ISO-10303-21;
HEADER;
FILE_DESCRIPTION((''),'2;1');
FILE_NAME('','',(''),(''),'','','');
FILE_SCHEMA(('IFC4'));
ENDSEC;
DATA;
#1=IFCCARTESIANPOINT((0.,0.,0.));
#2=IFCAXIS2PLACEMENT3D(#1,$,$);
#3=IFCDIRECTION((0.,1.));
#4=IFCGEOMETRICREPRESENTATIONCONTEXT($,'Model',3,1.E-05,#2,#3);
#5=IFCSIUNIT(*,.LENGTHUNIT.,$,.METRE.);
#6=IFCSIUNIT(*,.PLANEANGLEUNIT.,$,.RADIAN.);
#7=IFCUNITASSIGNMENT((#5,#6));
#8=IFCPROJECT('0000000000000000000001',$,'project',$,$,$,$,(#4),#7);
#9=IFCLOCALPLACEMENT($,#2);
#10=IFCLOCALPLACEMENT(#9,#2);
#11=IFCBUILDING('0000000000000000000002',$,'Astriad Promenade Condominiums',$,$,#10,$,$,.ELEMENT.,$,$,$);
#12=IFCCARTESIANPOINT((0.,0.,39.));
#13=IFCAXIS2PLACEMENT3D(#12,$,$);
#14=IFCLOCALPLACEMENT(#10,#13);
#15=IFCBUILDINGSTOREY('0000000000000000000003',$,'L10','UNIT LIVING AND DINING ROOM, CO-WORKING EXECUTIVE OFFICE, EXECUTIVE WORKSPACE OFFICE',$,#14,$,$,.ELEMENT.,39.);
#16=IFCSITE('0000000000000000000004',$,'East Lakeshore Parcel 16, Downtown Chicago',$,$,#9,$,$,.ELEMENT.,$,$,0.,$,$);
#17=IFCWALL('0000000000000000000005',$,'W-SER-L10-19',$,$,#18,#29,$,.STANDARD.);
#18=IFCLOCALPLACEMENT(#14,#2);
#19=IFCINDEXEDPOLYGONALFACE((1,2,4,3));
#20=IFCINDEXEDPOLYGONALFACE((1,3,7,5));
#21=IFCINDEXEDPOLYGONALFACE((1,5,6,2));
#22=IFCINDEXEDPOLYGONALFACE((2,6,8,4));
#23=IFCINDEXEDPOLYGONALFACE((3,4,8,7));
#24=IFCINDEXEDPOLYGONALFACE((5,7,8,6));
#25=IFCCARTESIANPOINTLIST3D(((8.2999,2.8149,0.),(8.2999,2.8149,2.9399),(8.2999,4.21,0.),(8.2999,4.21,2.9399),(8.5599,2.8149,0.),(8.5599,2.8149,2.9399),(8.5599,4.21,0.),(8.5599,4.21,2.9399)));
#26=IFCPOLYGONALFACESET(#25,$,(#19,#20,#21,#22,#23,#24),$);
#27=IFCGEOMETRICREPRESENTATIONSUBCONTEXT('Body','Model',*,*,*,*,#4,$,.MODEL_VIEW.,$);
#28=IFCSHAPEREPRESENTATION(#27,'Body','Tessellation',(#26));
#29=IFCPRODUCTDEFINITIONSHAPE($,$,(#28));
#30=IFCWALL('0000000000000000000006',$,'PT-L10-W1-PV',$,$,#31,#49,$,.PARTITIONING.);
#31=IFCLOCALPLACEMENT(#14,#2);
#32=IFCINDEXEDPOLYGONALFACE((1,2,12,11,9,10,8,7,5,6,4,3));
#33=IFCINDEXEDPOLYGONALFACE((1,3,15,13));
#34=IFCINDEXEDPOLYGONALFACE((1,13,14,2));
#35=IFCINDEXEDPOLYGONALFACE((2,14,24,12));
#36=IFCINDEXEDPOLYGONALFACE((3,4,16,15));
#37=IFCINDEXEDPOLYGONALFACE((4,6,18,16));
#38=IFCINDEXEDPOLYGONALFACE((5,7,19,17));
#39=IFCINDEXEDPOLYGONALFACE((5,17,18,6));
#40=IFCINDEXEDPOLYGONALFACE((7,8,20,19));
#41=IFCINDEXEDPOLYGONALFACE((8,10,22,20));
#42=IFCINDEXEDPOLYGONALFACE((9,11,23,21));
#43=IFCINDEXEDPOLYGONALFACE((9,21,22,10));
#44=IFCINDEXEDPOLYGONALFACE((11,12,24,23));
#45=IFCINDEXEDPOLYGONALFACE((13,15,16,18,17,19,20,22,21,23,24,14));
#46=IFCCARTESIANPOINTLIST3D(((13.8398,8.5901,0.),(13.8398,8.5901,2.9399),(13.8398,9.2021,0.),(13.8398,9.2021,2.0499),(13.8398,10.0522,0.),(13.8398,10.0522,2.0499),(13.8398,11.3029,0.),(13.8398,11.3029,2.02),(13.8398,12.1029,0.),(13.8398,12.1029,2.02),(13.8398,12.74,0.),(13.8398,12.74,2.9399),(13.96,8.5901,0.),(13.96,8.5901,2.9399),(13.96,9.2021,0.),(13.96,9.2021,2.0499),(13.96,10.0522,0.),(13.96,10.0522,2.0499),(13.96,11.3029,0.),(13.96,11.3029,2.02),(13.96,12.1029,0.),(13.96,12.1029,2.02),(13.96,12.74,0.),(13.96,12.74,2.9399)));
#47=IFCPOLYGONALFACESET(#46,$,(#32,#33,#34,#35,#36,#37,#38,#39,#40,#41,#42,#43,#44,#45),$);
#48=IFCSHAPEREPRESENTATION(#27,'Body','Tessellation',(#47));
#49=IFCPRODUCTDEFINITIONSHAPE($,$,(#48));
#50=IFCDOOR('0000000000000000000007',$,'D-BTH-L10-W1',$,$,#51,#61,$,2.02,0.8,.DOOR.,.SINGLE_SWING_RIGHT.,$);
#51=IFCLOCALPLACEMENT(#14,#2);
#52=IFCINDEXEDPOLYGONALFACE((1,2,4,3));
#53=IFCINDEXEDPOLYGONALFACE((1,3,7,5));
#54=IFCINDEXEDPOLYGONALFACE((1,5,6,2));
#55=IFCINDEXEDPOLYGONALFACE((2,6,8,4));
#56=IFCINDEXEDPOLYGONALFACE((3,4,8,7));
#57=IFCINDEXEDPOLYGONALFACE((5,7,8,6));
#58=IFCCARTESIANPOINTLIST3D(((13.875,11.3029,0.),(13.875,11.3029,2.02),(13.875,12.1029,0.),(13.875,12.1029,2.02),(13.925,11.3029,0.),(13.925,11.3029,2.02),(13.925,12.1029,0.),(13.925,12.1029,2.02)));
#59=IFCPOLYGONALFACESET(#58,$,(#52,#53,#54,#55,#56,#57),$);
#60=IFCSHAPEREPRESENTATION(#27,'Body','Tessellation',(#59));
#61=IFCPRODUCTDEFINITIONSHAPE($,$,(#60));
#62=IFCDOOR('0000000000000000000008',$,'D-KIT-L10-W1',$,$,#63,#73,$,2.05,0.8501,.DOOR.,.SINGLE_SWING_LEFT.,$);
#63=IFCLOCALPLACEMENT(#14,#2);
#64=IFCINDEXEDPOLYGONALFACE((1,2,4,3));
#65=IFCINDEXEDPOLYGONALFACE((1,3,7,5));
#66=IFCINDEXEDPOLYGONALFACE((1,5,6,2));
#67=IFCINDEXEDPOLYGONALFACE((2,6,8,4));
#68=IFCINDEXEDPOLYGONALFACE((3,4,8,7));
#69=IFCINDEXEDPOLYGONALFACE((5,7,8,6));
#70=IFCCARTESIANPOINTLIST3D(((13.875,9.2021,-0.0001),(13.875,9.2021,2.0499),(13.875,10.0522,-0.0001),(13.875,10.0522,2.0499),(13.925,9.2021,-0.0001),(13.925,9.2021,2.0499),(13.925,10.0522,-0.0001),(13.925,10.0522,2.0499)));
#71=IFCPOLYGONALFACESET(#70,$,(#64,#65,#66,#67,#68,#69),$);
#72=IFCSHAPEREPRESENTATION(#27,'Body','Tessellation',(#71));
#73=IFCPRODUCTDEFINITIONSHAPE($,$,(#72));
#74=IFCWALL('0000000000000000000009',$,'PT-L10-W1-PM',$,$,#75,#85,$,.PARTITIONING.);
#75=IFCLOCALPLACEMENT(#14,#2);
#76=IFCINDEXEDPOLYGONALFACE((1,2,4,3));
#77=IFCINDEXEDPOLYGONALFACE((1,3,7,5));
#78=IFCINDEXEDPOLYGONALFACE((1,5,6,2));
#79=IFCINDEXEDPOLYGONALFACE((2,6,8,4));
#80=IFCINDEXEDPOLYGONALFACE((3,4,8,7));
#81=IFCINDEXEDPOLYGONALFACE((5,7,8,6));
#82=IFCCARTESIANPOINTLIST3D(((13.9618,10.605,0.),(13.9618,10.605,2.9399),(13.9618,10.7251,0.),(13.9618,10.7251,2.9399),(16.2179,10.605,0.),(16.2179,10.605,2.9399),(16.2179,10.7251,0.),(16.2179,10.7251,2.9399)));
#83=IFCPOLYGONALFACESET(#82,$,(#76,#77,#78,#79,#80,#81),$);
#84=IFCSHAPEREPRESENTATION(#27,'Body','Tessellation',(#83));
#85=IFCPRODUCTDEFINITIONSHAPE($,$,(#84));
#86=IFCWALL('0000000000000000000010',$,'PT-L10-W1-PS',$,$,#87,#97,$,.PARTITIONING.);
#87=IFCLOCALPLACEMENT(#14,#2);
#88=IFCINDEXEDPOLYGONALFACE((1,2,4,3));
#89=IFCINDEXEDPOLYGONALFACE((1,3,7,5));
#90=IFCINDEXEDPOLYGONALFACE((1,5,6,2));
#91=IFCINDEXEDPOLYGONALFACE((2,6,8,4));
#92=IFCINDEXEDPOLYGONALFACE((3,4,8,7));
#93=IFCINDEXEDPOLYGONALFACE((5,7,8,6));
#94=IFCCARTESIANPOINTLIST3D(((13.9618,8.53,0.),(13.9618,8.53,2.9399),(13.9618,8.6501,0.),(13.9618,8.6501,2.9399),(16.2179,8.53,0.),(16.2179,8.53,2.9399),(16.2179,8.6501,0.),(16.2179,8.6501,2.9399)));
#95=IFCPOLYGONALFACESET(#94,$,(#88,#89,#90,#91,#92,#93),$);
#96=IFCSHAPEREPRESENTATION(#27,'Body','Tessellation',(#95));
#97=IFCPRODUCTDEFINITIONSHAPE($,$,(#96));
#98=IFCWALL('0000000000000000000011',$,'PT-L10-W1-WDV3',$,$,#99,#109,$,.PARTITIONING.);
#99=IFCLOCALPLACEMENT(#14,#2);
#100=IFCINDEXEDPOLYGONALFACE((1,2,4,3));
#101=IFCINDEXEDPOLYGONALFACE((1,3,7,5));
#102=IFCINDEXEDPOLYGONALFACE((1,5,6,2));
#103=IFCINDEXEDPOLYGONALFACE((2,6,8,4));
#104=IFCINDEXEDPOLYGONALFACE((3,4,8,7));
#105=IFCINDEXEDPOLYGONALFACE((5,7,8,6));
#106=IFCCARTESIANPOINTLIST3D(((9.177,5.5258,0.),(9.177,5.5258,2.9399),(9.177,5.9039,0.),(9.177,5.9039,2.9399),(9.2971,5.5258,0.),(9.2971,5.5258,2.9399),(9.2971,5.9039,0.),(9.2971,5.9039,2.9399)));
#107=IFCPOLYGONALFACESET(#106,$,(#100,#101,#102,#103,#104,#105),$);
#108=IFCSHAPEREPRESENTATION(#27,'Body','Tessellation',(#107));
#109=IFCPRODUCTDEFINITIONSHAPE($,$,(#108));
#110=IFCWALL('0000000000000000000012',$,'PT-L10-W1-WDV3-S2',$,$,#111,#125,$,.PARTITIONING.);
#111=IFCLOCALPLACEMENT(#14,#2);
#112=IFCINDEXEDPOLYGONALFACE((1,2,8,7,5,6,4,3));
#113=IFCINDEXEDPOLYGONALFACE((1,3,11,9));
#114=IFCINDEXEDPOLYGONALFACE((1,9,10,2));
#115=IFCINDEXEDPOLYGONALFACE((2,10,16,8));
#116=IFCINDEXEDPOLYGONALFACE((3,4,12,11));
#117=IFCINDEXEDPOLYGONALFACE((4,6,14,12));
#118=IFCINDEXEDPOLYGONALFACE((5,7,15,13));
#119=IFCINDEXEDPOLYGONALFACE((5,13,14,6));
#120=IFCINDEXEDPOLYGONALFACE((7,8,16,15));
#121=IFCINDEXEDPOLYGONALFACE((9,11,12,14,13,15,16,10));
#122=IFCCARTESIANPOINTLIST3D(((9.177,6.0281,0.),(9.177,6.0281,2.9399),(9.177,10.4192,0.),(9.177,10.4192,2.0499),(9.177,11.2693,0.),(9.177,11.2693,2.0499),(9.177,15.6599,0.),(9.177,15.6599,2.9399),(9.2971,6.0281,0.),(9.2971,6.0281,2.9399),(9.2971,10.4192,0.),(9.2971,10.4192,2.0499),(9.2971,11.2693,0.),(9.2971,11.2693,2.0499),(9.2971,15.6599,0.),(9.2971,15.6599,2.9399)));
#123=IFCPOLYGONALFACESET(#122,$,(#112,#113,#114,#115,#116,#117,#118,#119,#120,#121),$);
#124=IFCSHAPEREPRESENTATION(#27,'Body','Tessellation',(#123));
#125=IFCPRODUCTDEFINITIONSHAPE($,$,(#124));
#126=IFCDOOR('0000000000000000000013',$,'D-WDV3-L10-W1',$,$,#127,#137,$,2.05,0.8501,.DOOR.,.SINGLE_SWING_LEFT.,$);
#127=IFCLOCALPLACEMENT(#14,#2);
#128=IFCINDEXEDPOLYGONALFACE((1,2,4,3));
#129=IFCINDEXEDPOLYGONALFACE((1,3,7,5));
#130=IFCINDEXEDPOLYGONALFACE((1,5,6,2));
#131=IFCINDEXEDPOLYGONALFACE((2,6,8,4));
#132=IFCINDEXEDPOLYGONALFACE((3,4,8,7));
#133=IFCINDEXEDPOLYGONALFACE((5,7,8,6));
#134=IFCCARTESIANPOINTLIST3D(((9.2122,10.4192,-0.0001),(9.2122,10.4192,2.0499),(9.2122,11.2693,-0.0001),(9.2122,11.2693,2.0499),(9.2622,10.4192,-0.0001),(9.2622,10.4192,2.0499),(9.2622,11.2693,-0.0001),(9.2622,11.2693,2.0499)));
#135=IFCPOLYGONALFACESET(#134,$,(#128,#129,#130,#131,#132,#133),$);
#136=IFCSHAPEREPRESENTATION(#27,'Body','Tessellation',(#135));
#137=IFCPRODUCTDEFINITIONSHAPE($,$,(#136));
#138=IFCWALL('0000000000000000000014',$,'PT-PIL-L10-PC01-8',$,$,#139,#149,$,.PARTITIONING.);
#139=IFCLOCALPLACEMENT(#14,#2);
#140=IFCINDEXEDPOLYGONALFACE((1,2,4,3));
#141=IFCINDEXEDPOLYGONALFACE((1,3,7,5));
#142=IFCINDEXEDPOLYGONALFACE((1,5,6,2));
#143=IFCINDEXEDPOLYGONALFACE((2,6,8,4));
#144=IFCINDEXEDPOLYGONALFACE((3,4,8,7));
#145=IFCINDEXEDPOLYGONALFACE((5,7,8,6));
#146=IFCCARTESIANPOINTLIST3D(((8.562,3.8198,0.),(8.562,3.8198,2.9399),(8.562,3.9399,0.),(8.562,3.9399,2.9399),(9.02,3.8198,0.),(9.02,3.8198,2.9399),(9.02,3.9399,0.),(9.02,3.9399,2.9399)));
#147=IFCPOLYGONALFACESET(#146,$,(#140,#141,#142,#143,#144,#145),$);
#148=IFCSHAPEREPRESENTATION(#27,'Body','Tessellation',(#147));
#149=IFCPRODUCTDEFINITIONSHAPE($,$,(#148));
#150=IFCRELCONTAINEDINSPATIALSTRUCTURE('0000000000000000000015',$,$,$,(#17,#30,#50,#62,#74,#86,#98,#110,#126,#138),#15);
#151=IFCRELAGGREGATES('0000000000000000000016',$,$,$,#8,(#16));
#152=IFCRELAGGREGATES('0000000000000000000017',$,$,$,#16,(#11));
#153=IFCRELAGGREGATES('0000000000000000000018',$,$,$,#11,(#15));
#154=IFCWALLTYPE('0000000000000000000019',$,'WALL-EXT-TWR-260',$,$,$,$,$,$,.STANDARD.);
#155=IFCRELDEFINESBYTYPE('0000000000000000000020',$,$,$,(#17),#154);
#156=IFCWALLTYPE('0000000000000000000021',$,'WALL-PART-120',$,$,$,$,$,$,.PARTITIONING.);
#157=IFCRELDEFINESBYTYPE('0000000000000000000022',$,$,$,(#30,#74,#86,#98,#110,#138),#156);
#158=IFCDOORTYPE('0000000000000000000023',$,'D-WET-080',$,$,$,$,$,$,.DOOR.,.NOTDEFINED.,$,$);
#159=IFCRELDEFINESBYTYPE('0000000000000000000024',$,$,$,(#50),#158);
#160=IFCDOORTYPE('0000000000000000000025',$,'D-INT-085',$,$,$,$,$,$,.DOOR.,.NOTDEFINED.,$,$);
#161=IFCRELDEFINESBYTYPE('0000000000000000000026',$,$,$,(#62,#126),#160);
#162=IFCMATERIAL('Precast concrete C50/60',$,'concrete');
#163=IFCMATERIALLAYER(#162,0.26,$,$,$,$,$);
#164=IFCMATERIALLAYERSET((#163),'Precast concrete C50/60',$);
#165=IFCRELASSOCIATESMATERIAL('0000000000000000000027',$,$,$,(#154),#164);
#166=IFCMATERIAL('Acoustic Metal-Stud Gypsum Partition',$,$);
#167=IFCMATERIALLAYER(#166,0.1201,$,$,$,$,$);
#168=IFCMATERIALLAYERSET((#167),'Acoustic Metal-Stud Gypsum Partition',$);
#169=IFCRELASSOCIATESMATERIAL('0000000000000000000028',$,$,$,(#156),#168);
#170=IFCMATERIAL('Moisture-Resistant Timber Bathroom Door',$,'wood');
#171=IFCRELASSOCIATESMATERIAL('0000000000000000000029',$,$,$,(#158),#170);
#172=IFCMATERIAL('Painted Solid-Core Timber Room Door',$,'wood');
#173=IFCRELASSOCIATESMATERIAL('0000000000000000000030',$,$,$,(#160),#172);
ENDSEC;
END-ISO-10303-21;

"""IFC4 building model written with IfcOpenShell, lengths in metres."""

from ifc_helpers import new_model, si_unit, direction, frame, frame_2d, origin, place, context, subcontext, project, spatial, rectangle, extrude, source, transform, mapped, material, layer, layer_set, type_object, type_shapes, element, fill, save


model = new_model("IFC4")

# Units and contexts
model_context = context("Model", 3, precision=1e-05, world=origin(), true_north=direction((0.0, 1.0)))
body_context = subcontext(model_context, "Body", "Model", "MODEL_VIEW")
ifc_project = project(units=[si_unit("LENGTHUNIT", "METRE"), si_unit("PLANEANGLEUNIT", "RADIAN")], contexts=[model_context])

# Site, building, storey
site_placement = place(None, origin())
site = spatial("IfcSite", under=ifc_project, at=site_placement, Name="East Lakeshore Parcel 16, Downtown Chicago", CompositionType="ELEMENT", RefElevation=0.0)
building_placement = place(site_placement, origin())
building = spatial("IfcBuilding", under=site, at=building_placement, Name="Astriad Promenade Condominiums", CompositionType="ELEMENT")
storey_placement = place(building_placement, frame((0.0, 0.0, 39.0)))
storey = spatial("IfcBuildingStorey", under=building, at=storey_placement, Name="L10", Description="UNIT LIVING AND DINING ROOM, CO-WORKING EXECUTIVE OFFICE, EXECUTIVE WORKSPACE OFFICE", CompositionType="ELEMENT", Elevation=39.0)

# Wall
ifc_material_1 = material(Name="Precast concrete C50/60", Category="concrete")
ifc_layer_1 = layer(ifc_material_1, 0.26)
ifc_layer_set_1 = layer_set([ifc_layer_1], Name="Precast concrete C50/60")
wall_type_1 = type_object("IfcWallType", Name="WALL-EXT-TWR-260", PredefinedType="STANDARD", material=ifc_layer_set_1)
wall_1_placement = place(storey_placement, frame((8.4299, 2.8149, 0.0), z_axis=(0.0, 0.0, 1.0), x_axis=(0.0, 1.0, 0.0)))
element("IfcWall", 1, at=wall_1_placement, inside=storey, type_object=wall_type_1, Name="W-SER-L10-19", PredefinedType="STANDARD", context=body_context, shape_type="SweptSolid", body=[
    extrude(rectangle(XDim=1.395, YDim=0.26, at=frame_2d((0.6975, 0.0))), origin(), (0.0, 0.0, 1.0), 2.9399),
])

# Wall, openings, doors
ifc_material_2 = material(Name="Acoustic Metal-Stud Gypsum Partition")
ifc_layer_2 = layer(ifc_material_2, 0.1201)
ifc_layer_set_2 = layer_set([ifc_layer_2], Name="Acoustic Metal-Stud Gypsum Partition")
wall_type_2 = type_object("IfcWallType", Name="WALL-PART-120", PredefinedType="PARTITIONING", material=ifc_layer_set_2)
wall_2_placement = place(storey_placement, frame((13.8999, 8.5901, 0.0), z_axis=(0.0, 0.0, 1.0), x_axis=(0.0, 1.0, 0.0)))
wall_2 = element("IfcWall", 2, at=wall_2_placement, inside=storey, type_object=wall_type_2, Name="PT-L10-W1-PV", PredefinedType="PARTITIONING", context=body_context, shape_type="SweptSolid", body=[
    extrude(rectangle(XDim=4.1499, YDim=0.1201, at=frame_2d((2.075, 0.0))), origin(), (0.0, 0.0, 1.0), 2.9399),
])
opening_1_placement = place(wall_2_placement, frame((0.6121, 0.0, 0.0)))
opening_1 = element("IfcOpeningElement", 3, at=opening_1_placement, cuts=wall_2, PredefinedType="OPENING", context=body_context, shape_type="SweptSolid", body=[
    extrude(rectangle(XDim=0.8501, YDim=2.05, at=frame_2d((0.425, 1.0249))), frame((0.0, 0.0701, 0.0), z_axis=(0.0, -1.0, 0.0), x_axis=(1.0, 0.0, 0.0)), (0.0, 0.0, 1.0), 0.1401),
])
opening_2_placement = place(wall_2_placement, frame((2.7129, 0.0, 0.0)))
opening_2 = element("IfcOpeningElement", 4, at=opening_2_placement, cuts=wall_2, PredefinedType="OPENING", context=body_context, shape_type="SweptSolid", body=[
    extrude(rectangle(XDim=0.8, YDim=2.02, at=frame_2d((0.3999, 1.01))), frame((0.0, 0.0701, 0.0), z_axis=(0.0, -1.0, 0.0), x_axis=(1.0, 0.0, 0.0)), (0.0, 0.0, 1.0), 0.1401),
])
ifc_material_3 = material(Name="Moisture-Resistant Timber Bathroom Door", Category="wood")
door_type_1 = type_object("IfcDoorType", Name="D-WET-080", OperationType="NOTDEFINED", PredefinedType="DOOR", material=ifc_material_3)
shared_shape_1 = source(origin(), body_context, "Body", "SweptSolid", [
    extrude(rectangle(XDim=0.8, YDim=2.02, at=frame_2d((0.3999, 1.01))), frame((0.0, 0.0249, 0.0), z_axis=(0.0, -1.0, 0.0), x_axis=(1.0, 0.0, 0.0)), (0.0, 0.0, 1.0), 0.05),
])
type_shapes(door_type_1, [shared_shape_1])
door_1_placement = place(opening_2_placement, origin())
door_1 = element("IfcDoor", 5, at=door_1_placement, inside=storey, type_object=door_type_1, Name="D-BTH-L10-W1", OperationType="SINGLE_SWING_RIGHT", OverallHeight=2.02, OverallWidth=0.8, PredefinedType="DOOR", context=body_context, shape_type="MappedRepresentation", body=[
    mapped(shared_shape_1, transform((0.0, 0.0, 0.0), scale=1.0)),
])
fill(opening_2, door_1)
ifc_material_4 = material(Name="Painted Solid-Core Timber Room Door", Category="wood")
door_type_2 = type_object("IfcDoorType", Name="D-INT-085", OperationType="NOTDEFINED", PredefinedType="DOOR", material=ifc_material_4)
shared_shape_2 = source(origin(), body_context, "Body", "SweptSolid", [
    extrude(rectangle(XDim=0.8501, YDim=2.05, at=frame_2d((0.425, 1.0249))), frame((0.0, 0.0249, 0.0), z_axis=(0.0, -1.0, 0.0), x_axis=(1.0, 0.0, 0.0)), (0.0, 0.0, 1.0), 0.05),
])
type_shapes(door_type_2, [shared_shape_2])
door_2_placement = place(opening_1_placement, origin())
door_2 = element("IfcDoor", 6, at=door_2_placement, inside=storey, type_object=door_type_2, Name="D-KIT-L10-W1", OperationType="SINGLE_SWING_LEFT", OverallHeight=2.05, OverallWidth=0.8501, PredefinedType="DOOR", context=body_context, shape_type="MappedRepresentation", body=[
    mapped(shared_shape_2, transform((0.0, 0.0, 0.0), scale=1.0)),
])
fill(opening_1, door_2)

# Walls
for number, where, z_axis, x_axis, name in (
    (7, (13.9619, 10.665, 0.0), (0.0, 0.0, 1.0), (1.0, 0.0, 0.0), "PT-L10-W1-PM"),
    (8, (13.9619, 8.5901, 0.0), (0.0, 0.0, 1.0), (1.0, 0.0, 0.0), "PT-L10-W1-PS"),
):
    element("IfcWall", number, at=place(storey_placement, frame(where, z_axis=z_axis, x_axis=x_axis)), inside=storey, type_object=wall_type_2, Name=name, PredefinedType="PARTITIONING", context=body_context, shape_type="SweptSolid", body=[
        extrude(rectangle(XDim=2.2561, YDim=0.1201, at=frame_2d((1.1279, 0.0))), origin(), (0.0, 0.0, 1.0), 2.9399),
    ])
wall_3_placement = place(storey_placement, frame((9.2371, 5.5259, 0.0), z_axis=(0.0, 0.0, 1.0), x_axis=(0.0, 1.0, 0.0)))
element("IfcWall", 9, at=wall_3_placement, inside=storey, type_object=wall_type_2, Name="PT-L10-W1-WDV3", PredefinedType="PARTITIONING", context=body_context, shape_type="SweptSolid", body=[
    extrude(rectangle(XDim=0.3782, YDim=0.1201, at=frame_2d((0.189, 0.0))), origin(), (0.0, 0.0, 1.0), 2.9399),
])

# Wall, opening, door
wall_4_placement = place(storey_placement, frame((9.2371, 6.0281, 0.0), z_axis=(0.0, 0.0, 1.0), x_axis=(0.0, 1.0, 0.0)))
wall_4 = element("IfcWall", 10, at=wall_4_placement, inside=storey, type_object=wall_type_2, Name="PT-L10-W1-WDV3-S2", PredefinedType="PARTITIONING", context=body_context, shape_type="SweptSolid", body=[
    extrude(rectangle(XDim=9.6318, YDim=0.1201, at=frame_2d((4.8159, 0.0))), origin(), (0.0, 0.0, 1.0), 2.9399),
])
opening_3_placement = place(wall_4_placement, frame((4.3911, 0.0, 0.0)))
opening_3 = element("IfcOpeningElement", 11, at=opening_3_placement, cuts=wall_4, PredefinedType="OPENING", context=body_context, shape_type="SweptSolid", body=[
    extrude(rectangle(XDim=0.8501, YDim=2.05, at=frame_2d((0.425, 1.0249))), frame((0.0, 0.0701, 0.0), z_axis=(0.0, -1.0, 0.0), x_axis=(1.0, 0.0, 0.0)), (0.0, 0.0, 1.0), 0.1401),
])
door_3_placement = place(opening_3_placement, origin())
door_3 = element("IfcDoor", 12, at=door_3_placement, inside=storey, type_object=door_type_2, Name="D-WDV3-L10-W1", OperationType="SINGLE_SWING_LEFT", OverallHeight=2.05, OverallWidth=0.8501, PredefinedType="DOOR", context=body_context, shape_type="MappedRepresentation", body=[
    mapped(shared_shape_2, transform((0.0, 0.0, 0.0), scale=1.0)),
])
fill(opening_3, door_3)

# Wall
wall_5_placement = place(storey_placement, frame((9.02, 3.8799, 0.0), z_axis=(0.0, 0.0, 1.0), x_axis=(-1.0, 0.0, 0.0)))
element("IfcWall", 13, at=wall_5_placement, inside=storey, type_object=wall_type_2, Name="PT-PIL-L10-PC01-8", PredefinedType="PARTITIONING", context=body_context, shape_type="SweptSolid", body=[
    extrude(rectangle(XDim=0.458, YDim=0.1201, at=frame_2d((0.229, 0.0))), origin(), (0.0, 0.0, 1.0), 2.9399),
])

save(model, "model.ifc")
